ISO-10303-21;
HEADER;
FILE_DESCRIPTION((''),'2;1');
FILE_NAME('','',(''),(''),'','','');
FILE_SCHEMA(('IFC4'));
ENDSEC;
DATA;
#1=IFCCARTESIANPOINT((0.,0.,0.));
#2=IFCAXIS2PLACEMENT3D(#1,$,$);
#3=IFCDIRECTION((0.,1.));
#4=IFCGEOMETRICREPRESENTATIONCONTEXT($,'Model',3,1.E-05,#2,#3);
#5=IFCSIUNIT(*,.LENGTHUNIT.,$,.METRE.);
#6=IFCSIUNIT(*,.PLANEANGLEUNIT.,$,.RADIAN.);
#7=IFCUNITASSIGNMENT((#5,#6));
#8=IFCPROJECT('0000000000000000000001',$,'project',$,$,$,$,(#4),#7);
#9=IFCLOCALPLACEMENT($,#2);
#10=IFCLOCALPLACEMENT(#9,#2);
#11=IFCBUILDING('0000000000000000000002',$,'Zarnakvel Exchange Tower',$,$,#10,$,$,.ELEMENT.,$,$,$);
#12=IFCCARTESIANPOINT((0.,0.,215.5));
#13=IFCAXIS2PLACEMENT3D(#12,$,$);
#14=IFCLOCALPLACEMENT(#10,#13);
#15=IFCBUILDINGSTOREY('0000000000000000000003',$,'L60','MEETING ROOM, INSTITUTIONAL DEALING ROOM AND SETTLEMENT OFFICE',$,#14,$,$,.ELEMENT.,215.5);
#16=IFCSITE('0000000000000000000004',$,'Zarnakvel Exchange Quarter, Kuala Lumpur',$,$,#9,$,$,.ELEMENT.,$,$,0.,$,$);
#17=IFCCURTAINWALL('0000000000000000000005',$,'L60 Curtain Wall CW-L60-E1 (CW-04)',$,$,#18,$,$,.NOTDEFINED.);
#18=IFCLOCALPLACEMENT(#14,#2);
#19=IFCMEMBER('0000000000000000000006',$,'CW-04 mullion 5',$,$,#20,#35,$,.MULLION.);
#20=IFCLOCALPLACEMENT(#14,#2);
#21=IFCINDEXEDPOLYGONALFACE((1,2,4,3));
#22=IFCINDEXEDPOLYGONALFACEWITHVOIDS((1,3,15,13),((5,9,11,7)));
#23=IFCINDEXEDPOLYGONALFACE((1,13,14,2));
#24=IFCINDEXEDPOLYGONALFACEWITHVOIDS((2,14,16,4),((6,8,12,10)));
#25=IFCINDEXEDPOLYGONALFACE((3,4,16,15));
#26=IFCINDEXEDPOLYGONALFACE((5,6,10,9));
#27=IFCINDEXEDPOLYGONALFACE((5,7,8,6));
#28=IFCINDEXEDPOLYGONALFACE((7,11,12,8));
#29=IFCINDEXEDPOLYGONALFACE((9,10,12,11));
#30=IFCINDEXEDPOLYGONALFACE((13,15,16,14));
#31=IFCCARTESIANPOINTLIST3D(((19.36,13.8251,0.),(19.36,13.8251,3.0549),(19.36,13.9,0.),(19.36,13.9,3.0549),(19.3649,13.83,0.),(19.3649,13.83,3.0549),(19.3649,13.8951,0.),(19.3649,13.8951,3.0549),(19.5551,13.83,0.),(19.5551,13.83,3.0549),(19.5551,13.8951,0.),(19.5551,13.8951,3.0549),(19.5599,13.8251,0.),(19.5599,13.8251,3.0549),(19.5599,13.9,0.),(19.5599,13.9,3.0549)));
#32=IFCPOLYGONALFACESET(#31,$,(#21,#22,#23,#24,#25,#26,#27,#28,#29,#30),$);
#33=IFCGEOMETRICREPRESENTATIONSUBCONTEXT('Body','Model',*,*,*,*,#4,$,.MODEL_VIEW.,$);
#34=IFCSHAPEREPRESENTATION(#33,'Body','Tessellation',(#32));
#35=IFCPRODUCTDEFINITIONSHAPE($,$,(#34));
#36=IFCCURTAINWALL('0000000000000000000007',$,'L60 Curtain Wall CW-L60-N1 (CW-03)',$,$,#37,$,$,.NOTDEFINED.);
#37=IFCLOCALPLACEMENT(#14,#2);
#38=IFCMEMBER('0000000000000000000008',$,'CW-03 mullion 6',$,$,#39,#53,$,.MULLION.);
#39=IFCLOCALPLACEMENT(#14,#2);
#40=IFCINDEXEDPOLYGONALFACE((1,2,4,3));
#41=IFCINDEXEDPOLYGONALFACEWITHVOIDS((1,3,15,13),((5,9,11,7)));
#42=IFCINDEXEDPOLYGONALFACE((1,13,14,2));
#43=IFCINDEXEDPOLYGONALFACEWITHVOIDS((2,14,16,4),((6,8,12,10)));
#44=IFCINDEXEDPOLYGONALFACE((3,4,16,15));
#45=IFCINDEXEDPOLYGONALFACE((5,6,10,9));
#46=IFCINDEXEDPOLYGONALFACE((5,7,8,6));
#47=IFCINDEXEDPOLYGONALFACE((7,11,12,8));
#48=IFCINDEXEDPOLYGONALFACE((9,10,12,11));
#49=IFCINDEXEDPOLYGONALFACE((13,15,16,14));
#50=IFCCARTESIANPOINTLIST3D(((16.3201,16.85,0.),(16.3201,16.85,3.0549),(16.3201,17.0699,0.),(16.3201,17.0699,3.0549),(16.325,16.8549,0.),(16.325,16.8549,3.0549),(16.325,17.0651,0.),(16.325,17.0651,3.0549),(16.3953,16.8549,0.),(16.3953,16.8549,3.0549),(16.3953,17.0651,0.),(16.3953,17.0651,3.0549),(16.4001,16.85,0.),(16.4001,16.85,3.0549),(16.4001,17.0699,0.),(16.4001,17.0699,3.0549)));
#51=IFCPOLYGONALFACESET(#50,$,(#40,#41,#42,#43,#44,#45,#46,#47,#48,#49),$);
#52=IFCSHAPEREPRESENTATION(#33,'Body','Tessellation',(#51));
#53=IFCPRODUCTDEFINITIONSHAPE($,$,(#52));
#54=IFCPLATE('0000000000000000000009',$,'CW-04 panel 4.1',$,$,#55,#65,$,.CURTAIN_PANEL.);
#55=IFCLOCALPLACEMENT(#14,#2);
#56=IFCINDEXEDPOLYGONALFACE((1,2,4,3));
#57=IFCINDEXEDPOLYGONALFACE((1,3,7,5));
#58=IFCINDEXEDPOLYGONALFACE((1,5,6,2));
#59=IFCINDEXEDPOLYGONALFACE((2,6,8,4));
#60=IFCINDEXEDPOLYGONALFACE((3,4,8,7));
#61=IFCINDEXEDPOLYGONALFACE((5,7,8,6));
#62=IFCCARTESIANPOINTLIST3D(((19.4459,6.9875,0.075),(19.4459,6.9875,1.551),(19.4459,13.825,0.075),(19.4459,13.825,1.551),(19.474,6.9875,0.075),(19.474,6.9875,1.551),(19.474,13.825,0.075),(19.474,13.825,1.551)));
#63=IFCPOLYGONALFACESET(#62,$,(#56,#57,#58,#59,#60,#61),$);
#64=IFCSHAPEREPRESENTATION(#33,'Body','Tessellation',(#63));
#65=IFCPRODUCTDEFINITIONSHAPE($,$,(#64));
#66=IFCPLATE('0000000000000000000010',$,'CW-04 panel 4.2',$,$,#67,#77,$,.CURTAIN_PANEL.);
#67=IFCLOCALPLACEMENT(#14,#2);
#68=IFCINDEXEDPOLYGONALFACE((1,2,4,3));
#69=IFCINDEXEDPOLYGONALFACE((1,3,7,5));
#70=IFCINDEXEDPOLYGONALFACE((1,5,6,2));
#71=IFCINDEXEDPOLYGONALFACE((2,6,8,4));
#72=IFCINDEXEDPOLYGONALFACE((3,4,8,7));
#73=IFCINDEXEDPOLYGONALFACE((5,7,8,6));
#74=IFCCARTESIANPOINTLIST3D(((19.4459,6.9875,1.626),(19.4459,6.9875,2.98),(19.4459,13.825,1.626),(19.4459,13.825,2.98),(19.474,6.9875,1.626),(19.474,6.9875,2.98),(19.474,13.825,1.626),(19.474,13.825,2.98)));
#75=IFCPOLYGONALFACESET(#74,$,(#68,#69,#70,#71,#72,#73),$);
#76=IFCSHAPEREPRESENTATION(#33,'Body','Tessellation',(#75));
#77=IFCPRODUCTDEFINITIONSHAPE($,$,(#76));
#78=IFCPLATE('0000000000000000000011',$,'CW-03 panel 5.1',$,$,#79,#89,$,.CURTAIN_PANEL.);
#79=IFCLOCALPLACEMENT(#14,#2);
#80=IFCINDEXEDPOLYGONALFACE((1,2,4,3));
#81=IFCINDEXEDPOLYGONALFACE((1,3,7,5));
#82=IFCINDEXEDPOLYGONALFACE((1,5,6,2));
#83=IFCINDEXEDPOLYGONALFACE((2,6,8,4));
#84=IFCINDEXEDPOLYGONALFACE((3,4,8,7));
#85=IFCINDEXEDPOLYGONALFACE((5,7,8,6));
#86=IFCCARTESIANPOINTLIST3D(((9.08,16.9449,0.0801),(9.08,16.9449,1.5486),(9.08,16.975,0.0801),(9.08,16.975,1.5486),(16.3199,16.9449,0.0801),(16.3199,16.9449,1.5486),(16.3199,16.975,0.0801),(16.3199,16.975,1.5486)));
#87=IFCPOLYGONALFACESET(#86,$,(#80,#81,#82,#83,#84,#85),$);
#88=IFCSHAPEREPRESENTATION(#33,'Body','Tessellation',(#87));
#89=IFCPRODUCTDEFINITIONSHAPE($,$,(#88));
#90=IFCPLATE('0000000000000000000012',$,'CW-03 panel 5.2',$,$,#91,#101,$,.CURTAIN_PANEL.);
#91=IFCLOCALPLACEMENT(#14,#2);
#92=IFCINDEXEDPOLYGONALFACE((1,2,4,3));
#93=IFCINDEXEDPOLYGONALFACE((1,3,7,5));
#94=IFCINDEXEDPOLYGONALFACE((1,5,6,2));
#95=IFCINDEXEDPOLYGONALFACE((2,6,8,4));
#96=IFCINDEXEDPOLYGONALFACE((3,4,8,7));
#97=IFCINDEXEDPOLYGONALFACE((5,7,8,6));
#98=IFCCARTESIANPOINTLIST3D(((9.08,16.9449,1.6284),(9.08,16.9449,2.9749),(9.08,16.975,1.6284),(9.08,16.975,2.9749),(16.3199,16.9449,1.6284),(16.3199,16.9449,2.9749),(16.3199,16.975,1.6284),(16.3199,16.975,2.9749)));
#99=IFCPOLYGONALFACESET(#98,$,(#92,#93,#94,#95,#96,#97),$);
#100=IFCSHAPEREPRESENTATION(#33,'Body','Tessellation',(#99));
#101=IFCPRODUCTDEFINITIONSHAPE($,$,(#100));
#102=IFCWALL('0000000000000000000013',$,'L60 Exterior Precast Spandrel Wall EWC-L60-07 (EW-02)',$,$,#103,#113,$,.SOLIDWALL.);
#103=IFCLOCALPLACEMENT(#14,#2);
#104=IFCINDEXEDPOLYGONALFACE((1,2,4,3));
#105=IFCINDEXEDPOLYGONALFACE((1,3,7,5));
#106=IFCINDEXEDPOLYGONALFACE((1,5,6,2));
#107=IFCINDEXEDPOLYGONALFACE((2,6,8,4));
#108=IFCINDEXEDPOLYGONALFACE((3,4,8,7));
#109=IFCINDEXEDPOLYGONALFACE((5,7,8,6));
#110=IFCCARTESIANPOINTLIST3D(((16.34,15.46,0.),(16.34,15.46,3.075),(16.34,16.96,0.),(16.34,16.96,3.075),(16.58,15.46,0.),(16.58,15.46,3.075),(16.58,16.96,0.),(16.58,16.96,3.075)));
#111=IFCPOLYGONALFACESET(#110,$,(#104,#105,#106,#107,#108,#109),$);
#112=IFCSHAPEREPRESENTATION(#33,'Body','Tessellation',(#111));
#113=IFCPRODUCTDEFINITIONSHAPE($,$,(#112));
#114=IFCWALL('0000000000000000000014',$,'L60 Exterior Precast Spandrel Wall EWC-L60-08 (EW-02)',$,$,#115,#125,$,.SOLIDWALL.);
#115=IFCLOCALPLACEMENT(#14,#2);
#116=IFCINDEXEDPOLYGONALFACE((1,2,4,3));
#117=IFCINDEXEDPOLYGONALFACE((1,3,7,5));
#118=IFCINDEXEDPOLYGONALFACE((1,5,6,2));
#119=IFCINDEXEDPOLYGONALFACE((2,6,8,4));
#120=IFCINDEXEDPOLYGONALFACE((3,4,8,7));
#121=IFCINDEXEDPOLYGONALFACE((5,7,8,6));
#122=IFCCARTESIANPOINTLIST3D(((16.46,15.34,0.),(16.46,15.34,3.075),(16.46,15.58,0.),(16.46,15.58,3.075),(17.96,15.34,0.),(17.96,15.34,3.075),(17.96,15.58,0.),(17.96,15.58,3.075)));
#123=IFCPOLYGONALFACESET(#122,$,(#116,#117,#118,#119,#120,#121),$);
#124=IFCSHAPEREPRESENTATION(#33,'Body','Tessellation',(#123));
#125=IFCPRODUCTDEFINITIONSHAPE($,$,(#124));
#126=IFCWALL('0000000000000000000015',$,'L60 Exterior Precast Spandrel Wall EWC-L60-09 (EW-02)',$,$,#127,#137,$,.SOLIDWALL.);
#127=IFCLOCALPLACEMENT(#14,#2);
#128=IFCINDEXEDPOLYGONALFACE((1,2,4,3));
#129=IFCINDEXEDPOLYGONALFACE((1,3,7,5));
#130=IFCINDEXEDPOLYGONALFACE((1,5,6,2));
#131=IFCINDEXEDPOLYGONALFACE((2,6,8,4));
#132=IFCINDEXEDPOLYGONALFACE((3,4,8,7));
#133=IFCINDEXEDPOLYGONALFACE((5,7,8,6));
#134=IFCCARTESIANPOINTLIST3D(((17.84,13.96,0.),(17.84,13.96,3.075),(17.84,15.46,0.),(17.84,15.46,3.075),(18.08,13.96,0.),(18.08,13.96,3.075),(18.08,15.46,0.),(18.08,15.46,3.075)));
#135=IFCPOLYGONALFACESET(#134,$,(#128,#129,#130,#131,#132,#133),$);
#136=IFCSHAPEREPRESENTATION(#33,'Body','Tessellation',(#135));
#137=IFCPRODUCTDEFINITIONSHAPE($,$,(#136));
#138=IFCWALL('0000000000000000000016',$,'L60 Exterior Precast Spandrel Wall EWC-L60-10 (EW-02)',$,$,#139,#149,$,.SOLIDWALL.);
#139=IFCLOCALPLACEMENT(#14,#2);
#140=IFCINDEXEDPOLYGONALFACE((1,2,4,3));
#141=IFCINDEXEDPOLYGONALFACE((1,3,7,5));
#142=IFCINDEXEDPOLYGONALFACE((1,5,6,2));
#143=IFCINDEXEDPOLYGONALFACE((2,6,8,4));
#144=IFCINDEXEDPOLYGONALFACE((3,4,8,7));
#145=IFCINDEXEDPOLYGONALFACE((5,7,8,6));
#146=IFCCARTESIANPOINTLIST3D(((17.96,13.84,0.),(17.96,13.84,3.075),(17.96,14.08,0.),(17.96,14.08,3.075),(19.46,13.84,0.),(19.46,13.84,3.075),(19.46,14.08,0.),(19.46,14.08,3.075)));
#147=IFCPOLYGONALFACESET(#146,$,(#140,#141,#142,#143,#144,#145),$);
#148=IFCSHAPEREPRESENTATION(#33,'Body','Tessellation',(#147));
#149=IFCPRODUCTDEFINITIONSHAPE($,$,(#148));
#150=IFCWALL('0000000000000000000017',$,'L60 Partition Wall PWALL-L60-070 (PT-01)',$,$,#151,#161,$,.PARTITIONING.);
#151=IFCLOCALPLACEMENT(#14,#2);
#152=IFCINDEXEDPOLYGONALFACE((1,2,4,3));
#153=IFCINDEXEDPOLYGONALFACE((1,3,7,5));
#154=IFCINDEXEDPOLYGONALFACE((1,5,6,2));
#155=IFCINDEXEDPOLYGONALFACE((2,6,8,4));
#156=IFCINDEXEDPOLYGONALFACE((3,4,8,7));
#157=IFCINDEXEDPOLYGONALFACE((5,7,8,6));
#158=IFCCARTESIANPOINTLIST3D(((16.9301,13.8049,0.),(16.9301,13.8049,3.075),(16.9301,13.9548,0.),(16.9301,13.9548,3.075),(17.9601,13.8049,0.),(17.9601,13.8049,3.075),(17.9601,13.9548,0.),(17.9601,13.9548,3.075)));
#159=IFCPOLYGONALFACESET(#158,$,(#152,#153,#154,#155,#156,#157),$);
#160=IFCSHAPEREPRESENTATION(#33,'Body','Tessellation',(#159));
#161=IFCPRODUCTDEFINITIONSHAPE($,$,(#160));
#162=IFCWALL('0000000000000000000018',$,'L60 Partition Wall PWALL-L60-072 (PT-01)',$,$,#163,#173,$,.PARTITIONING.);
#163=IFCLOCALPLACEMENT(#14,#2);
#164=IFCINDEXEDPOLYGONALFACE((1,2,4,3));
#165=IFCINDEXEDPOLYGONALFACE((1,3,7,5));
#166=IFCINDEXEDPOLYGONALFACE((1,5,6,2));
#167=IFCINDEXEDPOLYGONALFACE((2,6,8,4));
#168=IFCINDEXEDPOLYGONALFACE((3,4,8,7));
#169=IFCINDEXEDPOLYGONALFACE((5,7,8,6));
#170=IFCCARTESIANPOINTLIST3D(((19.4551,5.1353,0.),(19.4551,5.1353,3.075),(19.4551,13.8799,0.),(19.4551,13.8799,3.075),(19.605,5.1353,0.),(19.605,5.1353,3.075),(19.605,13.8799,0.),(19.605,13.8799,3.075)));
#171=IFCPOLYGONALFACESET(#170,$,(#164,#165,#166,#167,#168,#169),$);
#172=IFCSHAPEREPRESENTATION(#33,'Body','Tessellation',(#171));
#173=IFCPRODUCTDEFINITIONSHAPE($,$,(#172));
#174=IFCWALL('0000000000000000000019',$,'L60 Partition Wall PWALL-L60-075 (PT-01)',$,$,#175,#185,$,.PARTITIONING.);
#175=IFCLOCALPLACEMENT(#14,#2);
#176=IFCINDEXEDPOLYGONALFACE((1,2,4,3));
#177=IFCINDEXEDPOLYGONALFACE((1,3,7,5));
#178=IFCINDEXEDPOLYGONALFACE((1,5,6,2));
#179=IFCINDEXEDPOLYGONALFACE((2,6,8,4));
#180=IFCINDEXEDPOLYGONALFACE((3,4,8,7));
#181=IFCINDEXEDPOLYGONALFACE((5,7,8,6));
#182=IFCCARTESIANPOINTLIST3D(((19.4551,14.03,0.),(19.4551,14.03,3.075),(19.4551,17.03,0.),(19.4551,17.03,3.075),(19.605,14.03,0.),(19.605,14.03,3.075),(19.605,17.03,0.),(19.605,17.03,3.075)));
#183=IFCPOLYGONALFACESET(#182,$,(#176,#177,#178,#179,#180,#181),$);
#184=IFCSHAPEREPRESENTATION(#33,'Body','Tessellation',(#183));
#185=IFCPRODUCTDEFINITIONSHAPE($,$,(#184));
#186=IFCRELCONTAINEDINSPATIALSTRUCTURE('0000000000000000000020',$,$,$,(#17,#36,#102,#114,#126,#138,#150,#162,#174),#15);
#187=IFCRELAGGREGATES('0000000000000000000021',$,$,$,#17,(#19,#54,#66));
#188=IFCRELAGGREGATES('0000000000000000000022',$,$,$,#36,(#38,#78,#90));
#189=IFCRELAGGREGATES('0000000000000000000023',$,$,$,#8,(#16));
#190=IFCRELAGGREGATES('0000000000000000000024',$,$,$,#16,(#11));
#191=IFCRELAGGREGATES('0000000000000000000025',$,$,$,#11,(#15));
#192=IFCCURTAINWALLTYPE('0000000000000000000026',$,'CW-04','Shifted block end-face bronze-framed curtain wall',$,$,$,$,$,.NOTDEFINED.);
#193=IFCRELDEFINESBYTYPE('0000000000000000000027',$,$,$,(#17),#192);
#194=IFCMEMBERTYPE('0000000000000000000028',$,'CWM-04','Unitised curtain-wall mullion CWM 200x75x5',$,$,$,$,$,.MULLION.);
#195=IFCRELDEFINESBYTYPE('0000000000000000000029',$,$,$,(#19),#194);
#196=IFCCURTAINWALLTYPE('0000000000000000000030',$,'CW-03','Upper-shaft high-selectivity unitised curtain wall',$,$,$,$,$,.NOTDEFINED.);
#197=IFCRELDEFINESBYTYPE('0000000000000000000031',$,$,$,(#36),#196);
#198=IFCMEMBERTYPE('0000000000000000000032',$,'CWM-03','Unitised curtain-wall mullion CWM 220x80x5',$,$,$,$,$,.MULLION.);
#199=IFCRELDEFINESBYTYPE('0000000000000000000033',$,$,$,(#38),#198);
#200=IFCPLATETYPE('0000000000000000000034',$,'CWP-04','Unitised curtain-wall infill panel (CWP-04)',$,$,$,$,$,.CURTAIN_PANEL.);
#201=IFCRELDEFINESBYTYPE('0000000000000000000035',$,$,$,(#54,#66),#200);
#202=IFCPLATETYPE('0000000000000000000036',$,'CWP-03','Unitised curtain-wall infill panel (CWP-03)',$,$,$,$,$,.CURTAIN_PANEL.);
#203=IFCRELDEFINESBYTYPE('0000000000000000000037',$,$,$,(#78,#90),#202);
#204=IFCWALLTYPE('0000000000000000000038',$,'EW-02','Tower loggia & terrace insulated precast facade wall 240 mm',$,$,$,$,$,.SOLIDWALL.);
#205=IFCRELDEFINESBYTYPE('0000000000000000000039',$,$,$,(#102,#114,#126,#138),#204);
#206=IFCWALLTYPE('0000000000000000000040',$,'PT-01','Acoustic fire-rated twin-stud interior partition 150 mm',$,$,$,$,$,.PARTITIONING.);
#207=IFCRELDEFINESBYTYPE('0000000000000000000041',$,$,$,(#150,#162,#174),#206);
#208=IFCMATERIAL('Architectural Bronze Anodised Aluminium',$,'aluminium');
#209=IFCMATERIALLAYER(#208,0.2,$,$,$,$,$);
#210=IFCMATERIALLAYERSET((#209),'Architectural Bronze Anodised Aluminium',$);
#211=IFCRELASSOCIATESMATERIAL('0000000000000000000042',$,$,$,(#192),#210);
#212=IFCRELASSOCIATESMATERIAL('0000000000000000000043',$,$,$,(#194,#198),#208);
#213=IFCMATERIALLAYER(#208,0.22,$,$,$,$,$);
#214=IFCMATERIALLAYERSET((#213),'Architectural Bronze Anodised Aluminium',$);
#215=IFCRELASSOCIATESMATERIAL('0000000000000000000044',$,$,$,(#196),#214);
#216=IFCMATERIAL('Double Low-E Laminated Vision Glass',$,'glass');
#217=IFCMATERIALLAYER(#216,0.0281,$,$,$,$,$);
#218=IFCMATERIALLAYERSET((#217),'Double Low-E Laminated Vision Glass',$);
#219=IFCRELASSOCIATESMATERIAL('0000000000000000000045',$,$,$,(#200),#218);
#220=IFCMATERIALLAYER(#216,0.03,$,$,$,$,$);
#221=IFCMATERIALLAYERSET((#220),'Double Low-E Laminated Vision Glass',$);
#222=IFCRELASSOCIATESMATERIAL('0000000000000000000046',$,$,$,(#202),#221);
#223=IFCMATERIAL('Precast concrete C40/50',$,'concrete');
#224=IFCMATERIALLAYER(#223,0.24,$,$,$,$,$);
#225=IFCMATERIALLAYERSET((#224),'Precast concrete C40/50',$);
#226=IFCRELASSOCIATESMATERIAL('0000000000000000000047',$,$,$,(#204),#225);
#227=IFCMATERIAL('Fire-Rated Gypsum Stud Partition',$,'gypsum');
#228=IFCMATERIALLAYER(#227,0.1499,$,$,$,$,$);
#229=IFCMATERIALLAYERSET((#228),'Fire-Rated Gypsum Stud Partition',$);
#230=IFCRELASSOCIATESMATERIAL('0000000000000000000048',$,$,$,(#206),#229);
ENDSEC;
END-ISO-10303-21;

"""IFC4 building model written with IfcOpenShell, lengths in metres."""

from ifc_helpers import new_model, si_unit, direction, frame, frame_2d, origin, origin_2d, place, context, subcontext, project, spatial, rectangle, hollow_rectangle, extrude, source, transform, mapped, material, layer, layer_set, material_profile, profile_set, type_object, element, aggregate, save


model = new_model("IFC4")

# Units and contexts
model_context = context("Model", 3, precision=1e-05, world=origin(), true_north=direction((0.0, 1.0)))
body_context = subcontext(model_context, "Body", "Model", "MODEL_VIEW")
ifc_project = project(units=[si_unit("LENGTHUNIT", "METRE"), si_unit("PLANEANGLEUNIT", "RADIAN")], contexts=[model_context])

# Site, building, storey
site_placement = place(None, origin())
site = spatial("IfcSite", under=ifc_project, at=site_placement, Name="Zarnakvel Exchange Quarter, Kuala Lumpur", CompositionType="ELEMENT", RefElevation=0.0)
building_placement = place(site_placement, origin())
building = spatial("IfcBuilding", under=site, at=building_placement, Name="Zarnakvel Exchange Tower", CompositionType="ELEMENT")
storey_placement = place(building_placement, frame((0.0, 0.0, 215.5)))
storey = spatial("IfcBuildingStorey", under=building, at=storey_placement, Name="L60", Description="MEETING ROOM, INSTITUTIONAL DEALING ROOM AND SETTLEMENT OFFICE", CompositionType="ELEMENT", Elevation=215.5)

# Curtain walls, members
ifc_material_1 = material(Name="Architectural Bronze Anodised Aluminium", Category="aluminium")
ifc_layer_1 = layer(ifc_material_1, 0.2)
ifc_layer_set_1 = layer_set([ifc_layer_1], Name="Architectural Bronze Anodised Aluminium")
curtain_wall_type_1 = type_object("IfcCurtainWallType", Name="CW-04", Description="Shifted block end-face bronze-framed curtain wall", PredefinedType="NOTDEFINED", material=ifc_layer_set_1)
curtain_wall_1_placement = place(storey_placement, origin())
curtain_wall_1 = element("IfcCurtainWall", 1, at=curtain_wall_1_placement, inside=storey, type_object=curtain_wall_type_1, Name="L60 Curtain Wall CW-L60-E1 (CW-04)", PredefinedType="NOTDEFINED")
ifc_material_profile_1 = material_profile(ifc_material_1, hollow_rectangle(XDim=0.2, YDim=0.075, WallThickness=0.0049, at=origin_2d()))
ifc_profile_set_1 = profile_set([ifc_material_profile_1], Name="Architectural Bronze Anodised Aluminium")
member_type_1 = type_object("IfcMemberType", Name="CWM-04", Description="Unitised curtain-wall mullion CWM 200x75x5", PredefinedType="MULLION", material=ifc_profile_set_1)
shared_shape_1 = source(origin(), body_context, "Body", "SweptSolid", [
    extrude(hollow_rectangle(XDim=0.2, YDim=0.075, WallThickness=0.0049, at=origin_2d()), origin(), (0.0, 0.0, 1.0), 3.0549),
])
member_1_placement = place(storey_placement, frame((19.46, 13.8625, 0.0), z_axis=(0.0, 0.0, 1.0), x_axis=(-1.0, 0.0, 0.0)))
member_1 = element("IfcMember", 2, at=member_1_placement, type_object=member_type_1, Name="CW-04 mullion 5", PredefinedType="MULLION", context=body_context, shape_type="MappedRepresentation", body=[
    mapped(shared_shape_1, transform((0.0, 0.0, 0.0), x_axis=(1.0, 0.0, 0.0), y_axis=(0.0, 1.0, 0.0), z_axis=(0.0, 0.0, 1.0), scale=1.0)),
])
ifc_layer_2 = layer(ifc_material_1, 0.22)
ifc_layer_set_2 = layer_set([ifc_layer_2], Name="Architectural Bronze Anodised Aluminium")
curtain_wall_type_2 = type_object("IfcCurtainWallType", Name="CW-03", Description="Upper-shaft high-selectivity unitised curtain wall", PredefinedType="NOTDEFINED", material=ifc_layer_set_2)
curtain_wall_2_placement = place(storey_placement, origin())
curtain_wall_2 = element("IfcCurtainWall", 3, at=curtain_wall_2_placement, inside=storey, type_object=curtain_wall_type_2, Name="L60 Curtain Wall CW-L60-N1 (CW-03)", PredefinedType="NOTDEFINED")
ifc_material_profile_2 = material_profile(ifc_material_1, hollow_rectangle(XDim=0.22, YDim=0.0801, WallThickness=0.0049, at=origin_2d()))
ifc_profile_set_2 = profile_set([ifc_material_profile_2], Name="Architectural Bronze Anodised Aluminium")
member_type_2 = type_object("IfcMemberType", Name="CWM-03", Description="Unitised curtain-wall mullion CWM 220x80x5", PredefinedType="MULLION", material=ifc_profile_set_2)
shared_shape_2 = source(origin(), body_context, "Body", "SweptSolid", [
    extrude(hollow_rectangle(XDim=0.22, YDim=0.0801, WallThickness=0.0049, at=origin_2d()), origin(), (0.0, 0.0, 1.0), 3.0549),
])
member_2_placement = place(storey_placement, frame((16.3601, 16.96, 0.0), z_axis=(0.0, 0.0, 1.0), x_axis=(0.0, 1.0, 0.0)))
member_2 = element("IfcMember", 4, at=member_2_placement, type_object=member_type_2, Name="CW-03 mullion 6", PredefinedType="MULLION", context=body_context, shape_type="MappedRepresentation", body=[
    mapped(shared_shape_2, transform((0.0, 0.0, 0.0), x_axis=(1.0, 0.0, 0.0), y_axis=(0.0, 1.0, 0.0), z_axis=(0.0, 0.0, 1.0), scale=1.0)),
])

# Plates
ifc_material_2 = material(Name="Double Low-E Laminated Vision Glass", Category="glass")
ifc_layer_3 = layer(ifc_material_2, 0.0281)
ifc_layer_set_3 = layer_set([ifc_layer_3], Name="Double Low-E Laminated Vision Glass")
plate_type_1 = type_object("IfcPlateType", Name="CWP-04", Description="Unitised curtain-wall infill panel (CWP-04)", PredefinedType="CURTAIN_PANEL", material=ifc_layer_set_3)
shared_shape_3 = source(origin(), body_context, "Body", "SweptSolid", [
    extrude(rectangle(XDim=6.8374, YDim=0.0281, at=origin_2d()), origin(), (0.0, 0.0, 1.0), 1.4761),
])
plate_1_placement = place(storey_placement, frame((19.46, 10.4062, 0.075), z_axis=(0.0, 0.0, 1.0), x_axis=(0.0, 1.0, 0.0)))
plate_1 = element("IfcPlate", 5, at=plate_1_placement, type_object=plate_type_1, Name="CW-04 panel 4.1", PredefinedType="CURTAIN_PANEL", context=body_context, shape_type="MappedRepresentation", body=[
    mapped(shared_shape_3, transform((0.0, 0.0, 0.0), x_axis=(1.0, 0.0, 0.0), y_axis=(0.0, 1.0, 0.0), z_axis=(0.0, 0.0, 1.0), scale=1.0)),
])
shared_shape_4 = source(origin(), body_context, "Body", "SweptSolid", [
    extrude(rectangle(XDim=6.8374, YDim=0.0281, at=origin_2d()), origin(), (0.0, 0.0, 1.0), 1.354),
])
plate_2_placement = place(storey_placement, frame((19.46, 10.4062, 1.626), z_axis=(0.0, 0.0, 1.0), x_axis=(0.0, 1.0, 0.0)))
plate_2 = element("IfcPlate", 6, at=plate_2_placement, type_object=plate_type_1, Name="CW-04 panel 4.2", PredefinedType="CURTAIN_PANEL", context=body_context, shape_type="MappedRepresentation", body=[
    mapped(shared_shape_4, transform((0.0, 0.0, 0.0), x_axis=(1.0, 0.0, 0.0), y_axis=(0.0, 1.0, 0.0), z_axis=(0.0, 0.0, 1.0), scale=1.0)),
])
aggregate(curtain_wall_1, [member_1, plate_1, plate_2])
ifc_layer_4 = layer(ifc_material_2, 0.03)
ifc_layer_set_4 = layer_set([ifc_layer_4], Name="Double Low-E Laminated Vision Glass")
plate_type_2 = type_object("IfcPlateType", Name="CWP-03", Description="Unitised curtain-wall infill panel (CWP-03)", PredefinedType="CURTAIN_PANEL", material=ifc_layer_set_4)
shared_shape_5 = source(origin(), body_context, "Body", "SweptSolid", [
    extrude(rectangle(XDim=7.24, YDim=0.03, at=origin_2d()), origin(), (0.0, 0.0, 1.0), 1.4685),
])
plate_3_placement = place(storey_placement, frame((12.7, 16.96, 0.0801), z_axis=(0.0, 0.0, 1.0), x_axis=(1.0, 0.0, 0.0)))
plate_3 = element("IfcPlate", 7, at=plate_3_placement, type_object=plate_type_2, Name="CW-03 panel 5.1", PredefinedType="CURTAIN_PANEL", context=body_context, shape_type="MappedRepresentation", body=[
    mapped(shared_shape_5, transform((0.0, 0.0, 0.0), x_axis=(1.0, 0.0, 0.0), y_axis=(0.0, 1.0, 0.0), z_axis=(0.0, 0.0, 1.0), scale=1.0)),
])
shared_shape_6 = source(origin(), body_context, "Body", "SweptSolid", [
    extrude(rectangle(XDim=7.24, YDim=0.03, at=origin_2d()), origin(), (0.0, 0.0, 1.0), 1.3464),
])
plate_4_placement = place(storey_placement, frame((12.7, 16.96, 1.6284), z_axis=(0.0, 0.0, 1.0), x_axis=(1.0, 0.0, 0.0)))
plate_4 = element("IfcPlate", 8, at=plate_4_placement, type_object=plate_type_2, Name="CW-03 panel 5.2", PredefinedType="CURTAIN_PANEL", context=body_context, shape_type="MappedRepresentation", body=[
    mapped(shared_shape_6, transform((0.0, 0.0, 0.0), x_axis=(1.0, 0.0, 0.0), y_axis=(0.0, 1.0, 0.0), z_axis=(0.0, 0.0, 1.0), scale=1.0)),
])
aggregate(curtain_wall_2, [member_2, plate_3, plate_4])

# Walls
ifc_material_3 = material(Name="Precast concrete C40/50", Category="concrete")
ifc_layer_5 = layer(ifc_material_3, 0.24)
ifc_layer_set_5 = layer_set([ifc_layer_5], Name="Precast concrete C40/50")
wall_type_1 = type_object("IfcWallType", Name="EW-02", Description="Tower loggia & terrace insulated precast facade wall 240 mm", PredefinedType="SOLIDWALL", material=ifc_layer_set_5)
for number, where, z_axis, x_axis, name in (
    (9, (16.46, 15.46, 0.0), (0.0, 0.0, 1.0), (0.0, 1.0, 0.0), "L60 Exterior Precast Spandrel Wall EWC-L60-07 (EW-02)"),
    (10, (17.96, 15.46, 0.0), (0.0, 0.0, 1.0), (-1.0, 0.0, 0.0), "L60 Exterior Precast Spandrel Wall EWC-L60-08 (EW-02)"),
    (11, (17.96, 13.96, 0.0), (0.0, 0.0, 1.0), (0.0, 1.0, 0.0), "L60 Exterior Precast Spandrel Wall EWC-L60-09 (EW-02)"),
    (12, (19.46, 13.96, 0.0), (0.0, 0.0, 1.0), (-1.0, 0.0, 0.0), "L60 Exterior Precast Spandrel Wall EWC-L60-10 (EW-02)"),
):
    element("IfcWall", number, at=place(storey_placement, frame(where, z_axis=z_axis, x_axis=x_axis)), inside=storey, type_object=wall_type_1, Name=name, PredefinedType="SOLIDWALL", context=body_context, shape_type="SweptSolid", body=[
        extrude(rectangle(XDim=1.5, YDim=0.24, at=frame_2d((0.75, 0.0))), origin(), (0.0, 0.0, 1.0), 3.075),
    ])
ifc_material_4 = material(Name="Fire-Rated Gypsum Stud Partition", Category="gypsum")
ifc_layer_6 = layer(ifc_material_4, 0.1499)
ifc_layer_set_6 = layer_set([ifc_layer_6], Name="Fire-Rated Gypsum Stud Partition")
wall_type_2 = type_object("IfcWallType", Name="PT-01", Description="Acoustic fire-rated twin-stud interior partition 150 mm", PredefinedType="PARTITIONING", material=ifc_layer_set_6)
wall_1_placement = place(storey_placement, frame((16.9299, 13.8799, 0.0), z_axis=(0.0, 0.0, 1.0), x_axis=(1.0, 0.0, 0.0)))
element("IfcWall", 13, at=wall_1_placement, inside=storey, type_object=wall_type_2, Name="L60 Partition Wall PWALL-L60-070 (PT-01)", PredefinedType="PARTITIONING", context=body_context, shape_type="SweptSolid", body=[
    extrude(rectangle(XDim=1.03, YDim=0.1499, at=frame_2d((0.5151, 0.0))), origin(), (0.0, 0.0, 1.0), 3.075),
])
wall_2_placement = place(storey_placement, frame((19.53, 13.8799, 0.0), z_axis=(0.0, 0.0, 1.0), x_axis=(0.0, -1.0, 0.0)))
element("IfcWall", 14, at=wall_2_placement, inside=storey, type_object=wall_type_2, Name="L60 Partition Wall PWALL-L60-072 (PT-01)", PredefinedType="PARTITIONING", context=body_context, shape_type="SweptSolid", body=[
    extrude(rectangle(XDim=8.7446, YDim=0.1499, at=frame_2d((4.3723, 0.0))), origin(), (0.0, 0.0, 1.0), 3.075),
])
wall_3_placement = place(storey_placement, frame((19.53, 17.03, 0.0), z_axis=(0.0, 0.0, 1.0), x_axis=(0.0, -1.0, 0.0)))
element("IfcWall", 15, at=wall_3_placement, inside=storey, type_object=wall_type_2, Name="L60 Partition Wall PWALL-L60-075 (PT-01)", PredefinedType="PARTITIONING", context=body_context, shape_type="SweptSolid", body=[
    extrude(rectangle(XDim=3.0, YDim=0.1499, at=frame_2d((1.5, 0.0))), origin(), (0.0, 0.0, 1.0), 3.075),
])

save(model, "model.ifc")
